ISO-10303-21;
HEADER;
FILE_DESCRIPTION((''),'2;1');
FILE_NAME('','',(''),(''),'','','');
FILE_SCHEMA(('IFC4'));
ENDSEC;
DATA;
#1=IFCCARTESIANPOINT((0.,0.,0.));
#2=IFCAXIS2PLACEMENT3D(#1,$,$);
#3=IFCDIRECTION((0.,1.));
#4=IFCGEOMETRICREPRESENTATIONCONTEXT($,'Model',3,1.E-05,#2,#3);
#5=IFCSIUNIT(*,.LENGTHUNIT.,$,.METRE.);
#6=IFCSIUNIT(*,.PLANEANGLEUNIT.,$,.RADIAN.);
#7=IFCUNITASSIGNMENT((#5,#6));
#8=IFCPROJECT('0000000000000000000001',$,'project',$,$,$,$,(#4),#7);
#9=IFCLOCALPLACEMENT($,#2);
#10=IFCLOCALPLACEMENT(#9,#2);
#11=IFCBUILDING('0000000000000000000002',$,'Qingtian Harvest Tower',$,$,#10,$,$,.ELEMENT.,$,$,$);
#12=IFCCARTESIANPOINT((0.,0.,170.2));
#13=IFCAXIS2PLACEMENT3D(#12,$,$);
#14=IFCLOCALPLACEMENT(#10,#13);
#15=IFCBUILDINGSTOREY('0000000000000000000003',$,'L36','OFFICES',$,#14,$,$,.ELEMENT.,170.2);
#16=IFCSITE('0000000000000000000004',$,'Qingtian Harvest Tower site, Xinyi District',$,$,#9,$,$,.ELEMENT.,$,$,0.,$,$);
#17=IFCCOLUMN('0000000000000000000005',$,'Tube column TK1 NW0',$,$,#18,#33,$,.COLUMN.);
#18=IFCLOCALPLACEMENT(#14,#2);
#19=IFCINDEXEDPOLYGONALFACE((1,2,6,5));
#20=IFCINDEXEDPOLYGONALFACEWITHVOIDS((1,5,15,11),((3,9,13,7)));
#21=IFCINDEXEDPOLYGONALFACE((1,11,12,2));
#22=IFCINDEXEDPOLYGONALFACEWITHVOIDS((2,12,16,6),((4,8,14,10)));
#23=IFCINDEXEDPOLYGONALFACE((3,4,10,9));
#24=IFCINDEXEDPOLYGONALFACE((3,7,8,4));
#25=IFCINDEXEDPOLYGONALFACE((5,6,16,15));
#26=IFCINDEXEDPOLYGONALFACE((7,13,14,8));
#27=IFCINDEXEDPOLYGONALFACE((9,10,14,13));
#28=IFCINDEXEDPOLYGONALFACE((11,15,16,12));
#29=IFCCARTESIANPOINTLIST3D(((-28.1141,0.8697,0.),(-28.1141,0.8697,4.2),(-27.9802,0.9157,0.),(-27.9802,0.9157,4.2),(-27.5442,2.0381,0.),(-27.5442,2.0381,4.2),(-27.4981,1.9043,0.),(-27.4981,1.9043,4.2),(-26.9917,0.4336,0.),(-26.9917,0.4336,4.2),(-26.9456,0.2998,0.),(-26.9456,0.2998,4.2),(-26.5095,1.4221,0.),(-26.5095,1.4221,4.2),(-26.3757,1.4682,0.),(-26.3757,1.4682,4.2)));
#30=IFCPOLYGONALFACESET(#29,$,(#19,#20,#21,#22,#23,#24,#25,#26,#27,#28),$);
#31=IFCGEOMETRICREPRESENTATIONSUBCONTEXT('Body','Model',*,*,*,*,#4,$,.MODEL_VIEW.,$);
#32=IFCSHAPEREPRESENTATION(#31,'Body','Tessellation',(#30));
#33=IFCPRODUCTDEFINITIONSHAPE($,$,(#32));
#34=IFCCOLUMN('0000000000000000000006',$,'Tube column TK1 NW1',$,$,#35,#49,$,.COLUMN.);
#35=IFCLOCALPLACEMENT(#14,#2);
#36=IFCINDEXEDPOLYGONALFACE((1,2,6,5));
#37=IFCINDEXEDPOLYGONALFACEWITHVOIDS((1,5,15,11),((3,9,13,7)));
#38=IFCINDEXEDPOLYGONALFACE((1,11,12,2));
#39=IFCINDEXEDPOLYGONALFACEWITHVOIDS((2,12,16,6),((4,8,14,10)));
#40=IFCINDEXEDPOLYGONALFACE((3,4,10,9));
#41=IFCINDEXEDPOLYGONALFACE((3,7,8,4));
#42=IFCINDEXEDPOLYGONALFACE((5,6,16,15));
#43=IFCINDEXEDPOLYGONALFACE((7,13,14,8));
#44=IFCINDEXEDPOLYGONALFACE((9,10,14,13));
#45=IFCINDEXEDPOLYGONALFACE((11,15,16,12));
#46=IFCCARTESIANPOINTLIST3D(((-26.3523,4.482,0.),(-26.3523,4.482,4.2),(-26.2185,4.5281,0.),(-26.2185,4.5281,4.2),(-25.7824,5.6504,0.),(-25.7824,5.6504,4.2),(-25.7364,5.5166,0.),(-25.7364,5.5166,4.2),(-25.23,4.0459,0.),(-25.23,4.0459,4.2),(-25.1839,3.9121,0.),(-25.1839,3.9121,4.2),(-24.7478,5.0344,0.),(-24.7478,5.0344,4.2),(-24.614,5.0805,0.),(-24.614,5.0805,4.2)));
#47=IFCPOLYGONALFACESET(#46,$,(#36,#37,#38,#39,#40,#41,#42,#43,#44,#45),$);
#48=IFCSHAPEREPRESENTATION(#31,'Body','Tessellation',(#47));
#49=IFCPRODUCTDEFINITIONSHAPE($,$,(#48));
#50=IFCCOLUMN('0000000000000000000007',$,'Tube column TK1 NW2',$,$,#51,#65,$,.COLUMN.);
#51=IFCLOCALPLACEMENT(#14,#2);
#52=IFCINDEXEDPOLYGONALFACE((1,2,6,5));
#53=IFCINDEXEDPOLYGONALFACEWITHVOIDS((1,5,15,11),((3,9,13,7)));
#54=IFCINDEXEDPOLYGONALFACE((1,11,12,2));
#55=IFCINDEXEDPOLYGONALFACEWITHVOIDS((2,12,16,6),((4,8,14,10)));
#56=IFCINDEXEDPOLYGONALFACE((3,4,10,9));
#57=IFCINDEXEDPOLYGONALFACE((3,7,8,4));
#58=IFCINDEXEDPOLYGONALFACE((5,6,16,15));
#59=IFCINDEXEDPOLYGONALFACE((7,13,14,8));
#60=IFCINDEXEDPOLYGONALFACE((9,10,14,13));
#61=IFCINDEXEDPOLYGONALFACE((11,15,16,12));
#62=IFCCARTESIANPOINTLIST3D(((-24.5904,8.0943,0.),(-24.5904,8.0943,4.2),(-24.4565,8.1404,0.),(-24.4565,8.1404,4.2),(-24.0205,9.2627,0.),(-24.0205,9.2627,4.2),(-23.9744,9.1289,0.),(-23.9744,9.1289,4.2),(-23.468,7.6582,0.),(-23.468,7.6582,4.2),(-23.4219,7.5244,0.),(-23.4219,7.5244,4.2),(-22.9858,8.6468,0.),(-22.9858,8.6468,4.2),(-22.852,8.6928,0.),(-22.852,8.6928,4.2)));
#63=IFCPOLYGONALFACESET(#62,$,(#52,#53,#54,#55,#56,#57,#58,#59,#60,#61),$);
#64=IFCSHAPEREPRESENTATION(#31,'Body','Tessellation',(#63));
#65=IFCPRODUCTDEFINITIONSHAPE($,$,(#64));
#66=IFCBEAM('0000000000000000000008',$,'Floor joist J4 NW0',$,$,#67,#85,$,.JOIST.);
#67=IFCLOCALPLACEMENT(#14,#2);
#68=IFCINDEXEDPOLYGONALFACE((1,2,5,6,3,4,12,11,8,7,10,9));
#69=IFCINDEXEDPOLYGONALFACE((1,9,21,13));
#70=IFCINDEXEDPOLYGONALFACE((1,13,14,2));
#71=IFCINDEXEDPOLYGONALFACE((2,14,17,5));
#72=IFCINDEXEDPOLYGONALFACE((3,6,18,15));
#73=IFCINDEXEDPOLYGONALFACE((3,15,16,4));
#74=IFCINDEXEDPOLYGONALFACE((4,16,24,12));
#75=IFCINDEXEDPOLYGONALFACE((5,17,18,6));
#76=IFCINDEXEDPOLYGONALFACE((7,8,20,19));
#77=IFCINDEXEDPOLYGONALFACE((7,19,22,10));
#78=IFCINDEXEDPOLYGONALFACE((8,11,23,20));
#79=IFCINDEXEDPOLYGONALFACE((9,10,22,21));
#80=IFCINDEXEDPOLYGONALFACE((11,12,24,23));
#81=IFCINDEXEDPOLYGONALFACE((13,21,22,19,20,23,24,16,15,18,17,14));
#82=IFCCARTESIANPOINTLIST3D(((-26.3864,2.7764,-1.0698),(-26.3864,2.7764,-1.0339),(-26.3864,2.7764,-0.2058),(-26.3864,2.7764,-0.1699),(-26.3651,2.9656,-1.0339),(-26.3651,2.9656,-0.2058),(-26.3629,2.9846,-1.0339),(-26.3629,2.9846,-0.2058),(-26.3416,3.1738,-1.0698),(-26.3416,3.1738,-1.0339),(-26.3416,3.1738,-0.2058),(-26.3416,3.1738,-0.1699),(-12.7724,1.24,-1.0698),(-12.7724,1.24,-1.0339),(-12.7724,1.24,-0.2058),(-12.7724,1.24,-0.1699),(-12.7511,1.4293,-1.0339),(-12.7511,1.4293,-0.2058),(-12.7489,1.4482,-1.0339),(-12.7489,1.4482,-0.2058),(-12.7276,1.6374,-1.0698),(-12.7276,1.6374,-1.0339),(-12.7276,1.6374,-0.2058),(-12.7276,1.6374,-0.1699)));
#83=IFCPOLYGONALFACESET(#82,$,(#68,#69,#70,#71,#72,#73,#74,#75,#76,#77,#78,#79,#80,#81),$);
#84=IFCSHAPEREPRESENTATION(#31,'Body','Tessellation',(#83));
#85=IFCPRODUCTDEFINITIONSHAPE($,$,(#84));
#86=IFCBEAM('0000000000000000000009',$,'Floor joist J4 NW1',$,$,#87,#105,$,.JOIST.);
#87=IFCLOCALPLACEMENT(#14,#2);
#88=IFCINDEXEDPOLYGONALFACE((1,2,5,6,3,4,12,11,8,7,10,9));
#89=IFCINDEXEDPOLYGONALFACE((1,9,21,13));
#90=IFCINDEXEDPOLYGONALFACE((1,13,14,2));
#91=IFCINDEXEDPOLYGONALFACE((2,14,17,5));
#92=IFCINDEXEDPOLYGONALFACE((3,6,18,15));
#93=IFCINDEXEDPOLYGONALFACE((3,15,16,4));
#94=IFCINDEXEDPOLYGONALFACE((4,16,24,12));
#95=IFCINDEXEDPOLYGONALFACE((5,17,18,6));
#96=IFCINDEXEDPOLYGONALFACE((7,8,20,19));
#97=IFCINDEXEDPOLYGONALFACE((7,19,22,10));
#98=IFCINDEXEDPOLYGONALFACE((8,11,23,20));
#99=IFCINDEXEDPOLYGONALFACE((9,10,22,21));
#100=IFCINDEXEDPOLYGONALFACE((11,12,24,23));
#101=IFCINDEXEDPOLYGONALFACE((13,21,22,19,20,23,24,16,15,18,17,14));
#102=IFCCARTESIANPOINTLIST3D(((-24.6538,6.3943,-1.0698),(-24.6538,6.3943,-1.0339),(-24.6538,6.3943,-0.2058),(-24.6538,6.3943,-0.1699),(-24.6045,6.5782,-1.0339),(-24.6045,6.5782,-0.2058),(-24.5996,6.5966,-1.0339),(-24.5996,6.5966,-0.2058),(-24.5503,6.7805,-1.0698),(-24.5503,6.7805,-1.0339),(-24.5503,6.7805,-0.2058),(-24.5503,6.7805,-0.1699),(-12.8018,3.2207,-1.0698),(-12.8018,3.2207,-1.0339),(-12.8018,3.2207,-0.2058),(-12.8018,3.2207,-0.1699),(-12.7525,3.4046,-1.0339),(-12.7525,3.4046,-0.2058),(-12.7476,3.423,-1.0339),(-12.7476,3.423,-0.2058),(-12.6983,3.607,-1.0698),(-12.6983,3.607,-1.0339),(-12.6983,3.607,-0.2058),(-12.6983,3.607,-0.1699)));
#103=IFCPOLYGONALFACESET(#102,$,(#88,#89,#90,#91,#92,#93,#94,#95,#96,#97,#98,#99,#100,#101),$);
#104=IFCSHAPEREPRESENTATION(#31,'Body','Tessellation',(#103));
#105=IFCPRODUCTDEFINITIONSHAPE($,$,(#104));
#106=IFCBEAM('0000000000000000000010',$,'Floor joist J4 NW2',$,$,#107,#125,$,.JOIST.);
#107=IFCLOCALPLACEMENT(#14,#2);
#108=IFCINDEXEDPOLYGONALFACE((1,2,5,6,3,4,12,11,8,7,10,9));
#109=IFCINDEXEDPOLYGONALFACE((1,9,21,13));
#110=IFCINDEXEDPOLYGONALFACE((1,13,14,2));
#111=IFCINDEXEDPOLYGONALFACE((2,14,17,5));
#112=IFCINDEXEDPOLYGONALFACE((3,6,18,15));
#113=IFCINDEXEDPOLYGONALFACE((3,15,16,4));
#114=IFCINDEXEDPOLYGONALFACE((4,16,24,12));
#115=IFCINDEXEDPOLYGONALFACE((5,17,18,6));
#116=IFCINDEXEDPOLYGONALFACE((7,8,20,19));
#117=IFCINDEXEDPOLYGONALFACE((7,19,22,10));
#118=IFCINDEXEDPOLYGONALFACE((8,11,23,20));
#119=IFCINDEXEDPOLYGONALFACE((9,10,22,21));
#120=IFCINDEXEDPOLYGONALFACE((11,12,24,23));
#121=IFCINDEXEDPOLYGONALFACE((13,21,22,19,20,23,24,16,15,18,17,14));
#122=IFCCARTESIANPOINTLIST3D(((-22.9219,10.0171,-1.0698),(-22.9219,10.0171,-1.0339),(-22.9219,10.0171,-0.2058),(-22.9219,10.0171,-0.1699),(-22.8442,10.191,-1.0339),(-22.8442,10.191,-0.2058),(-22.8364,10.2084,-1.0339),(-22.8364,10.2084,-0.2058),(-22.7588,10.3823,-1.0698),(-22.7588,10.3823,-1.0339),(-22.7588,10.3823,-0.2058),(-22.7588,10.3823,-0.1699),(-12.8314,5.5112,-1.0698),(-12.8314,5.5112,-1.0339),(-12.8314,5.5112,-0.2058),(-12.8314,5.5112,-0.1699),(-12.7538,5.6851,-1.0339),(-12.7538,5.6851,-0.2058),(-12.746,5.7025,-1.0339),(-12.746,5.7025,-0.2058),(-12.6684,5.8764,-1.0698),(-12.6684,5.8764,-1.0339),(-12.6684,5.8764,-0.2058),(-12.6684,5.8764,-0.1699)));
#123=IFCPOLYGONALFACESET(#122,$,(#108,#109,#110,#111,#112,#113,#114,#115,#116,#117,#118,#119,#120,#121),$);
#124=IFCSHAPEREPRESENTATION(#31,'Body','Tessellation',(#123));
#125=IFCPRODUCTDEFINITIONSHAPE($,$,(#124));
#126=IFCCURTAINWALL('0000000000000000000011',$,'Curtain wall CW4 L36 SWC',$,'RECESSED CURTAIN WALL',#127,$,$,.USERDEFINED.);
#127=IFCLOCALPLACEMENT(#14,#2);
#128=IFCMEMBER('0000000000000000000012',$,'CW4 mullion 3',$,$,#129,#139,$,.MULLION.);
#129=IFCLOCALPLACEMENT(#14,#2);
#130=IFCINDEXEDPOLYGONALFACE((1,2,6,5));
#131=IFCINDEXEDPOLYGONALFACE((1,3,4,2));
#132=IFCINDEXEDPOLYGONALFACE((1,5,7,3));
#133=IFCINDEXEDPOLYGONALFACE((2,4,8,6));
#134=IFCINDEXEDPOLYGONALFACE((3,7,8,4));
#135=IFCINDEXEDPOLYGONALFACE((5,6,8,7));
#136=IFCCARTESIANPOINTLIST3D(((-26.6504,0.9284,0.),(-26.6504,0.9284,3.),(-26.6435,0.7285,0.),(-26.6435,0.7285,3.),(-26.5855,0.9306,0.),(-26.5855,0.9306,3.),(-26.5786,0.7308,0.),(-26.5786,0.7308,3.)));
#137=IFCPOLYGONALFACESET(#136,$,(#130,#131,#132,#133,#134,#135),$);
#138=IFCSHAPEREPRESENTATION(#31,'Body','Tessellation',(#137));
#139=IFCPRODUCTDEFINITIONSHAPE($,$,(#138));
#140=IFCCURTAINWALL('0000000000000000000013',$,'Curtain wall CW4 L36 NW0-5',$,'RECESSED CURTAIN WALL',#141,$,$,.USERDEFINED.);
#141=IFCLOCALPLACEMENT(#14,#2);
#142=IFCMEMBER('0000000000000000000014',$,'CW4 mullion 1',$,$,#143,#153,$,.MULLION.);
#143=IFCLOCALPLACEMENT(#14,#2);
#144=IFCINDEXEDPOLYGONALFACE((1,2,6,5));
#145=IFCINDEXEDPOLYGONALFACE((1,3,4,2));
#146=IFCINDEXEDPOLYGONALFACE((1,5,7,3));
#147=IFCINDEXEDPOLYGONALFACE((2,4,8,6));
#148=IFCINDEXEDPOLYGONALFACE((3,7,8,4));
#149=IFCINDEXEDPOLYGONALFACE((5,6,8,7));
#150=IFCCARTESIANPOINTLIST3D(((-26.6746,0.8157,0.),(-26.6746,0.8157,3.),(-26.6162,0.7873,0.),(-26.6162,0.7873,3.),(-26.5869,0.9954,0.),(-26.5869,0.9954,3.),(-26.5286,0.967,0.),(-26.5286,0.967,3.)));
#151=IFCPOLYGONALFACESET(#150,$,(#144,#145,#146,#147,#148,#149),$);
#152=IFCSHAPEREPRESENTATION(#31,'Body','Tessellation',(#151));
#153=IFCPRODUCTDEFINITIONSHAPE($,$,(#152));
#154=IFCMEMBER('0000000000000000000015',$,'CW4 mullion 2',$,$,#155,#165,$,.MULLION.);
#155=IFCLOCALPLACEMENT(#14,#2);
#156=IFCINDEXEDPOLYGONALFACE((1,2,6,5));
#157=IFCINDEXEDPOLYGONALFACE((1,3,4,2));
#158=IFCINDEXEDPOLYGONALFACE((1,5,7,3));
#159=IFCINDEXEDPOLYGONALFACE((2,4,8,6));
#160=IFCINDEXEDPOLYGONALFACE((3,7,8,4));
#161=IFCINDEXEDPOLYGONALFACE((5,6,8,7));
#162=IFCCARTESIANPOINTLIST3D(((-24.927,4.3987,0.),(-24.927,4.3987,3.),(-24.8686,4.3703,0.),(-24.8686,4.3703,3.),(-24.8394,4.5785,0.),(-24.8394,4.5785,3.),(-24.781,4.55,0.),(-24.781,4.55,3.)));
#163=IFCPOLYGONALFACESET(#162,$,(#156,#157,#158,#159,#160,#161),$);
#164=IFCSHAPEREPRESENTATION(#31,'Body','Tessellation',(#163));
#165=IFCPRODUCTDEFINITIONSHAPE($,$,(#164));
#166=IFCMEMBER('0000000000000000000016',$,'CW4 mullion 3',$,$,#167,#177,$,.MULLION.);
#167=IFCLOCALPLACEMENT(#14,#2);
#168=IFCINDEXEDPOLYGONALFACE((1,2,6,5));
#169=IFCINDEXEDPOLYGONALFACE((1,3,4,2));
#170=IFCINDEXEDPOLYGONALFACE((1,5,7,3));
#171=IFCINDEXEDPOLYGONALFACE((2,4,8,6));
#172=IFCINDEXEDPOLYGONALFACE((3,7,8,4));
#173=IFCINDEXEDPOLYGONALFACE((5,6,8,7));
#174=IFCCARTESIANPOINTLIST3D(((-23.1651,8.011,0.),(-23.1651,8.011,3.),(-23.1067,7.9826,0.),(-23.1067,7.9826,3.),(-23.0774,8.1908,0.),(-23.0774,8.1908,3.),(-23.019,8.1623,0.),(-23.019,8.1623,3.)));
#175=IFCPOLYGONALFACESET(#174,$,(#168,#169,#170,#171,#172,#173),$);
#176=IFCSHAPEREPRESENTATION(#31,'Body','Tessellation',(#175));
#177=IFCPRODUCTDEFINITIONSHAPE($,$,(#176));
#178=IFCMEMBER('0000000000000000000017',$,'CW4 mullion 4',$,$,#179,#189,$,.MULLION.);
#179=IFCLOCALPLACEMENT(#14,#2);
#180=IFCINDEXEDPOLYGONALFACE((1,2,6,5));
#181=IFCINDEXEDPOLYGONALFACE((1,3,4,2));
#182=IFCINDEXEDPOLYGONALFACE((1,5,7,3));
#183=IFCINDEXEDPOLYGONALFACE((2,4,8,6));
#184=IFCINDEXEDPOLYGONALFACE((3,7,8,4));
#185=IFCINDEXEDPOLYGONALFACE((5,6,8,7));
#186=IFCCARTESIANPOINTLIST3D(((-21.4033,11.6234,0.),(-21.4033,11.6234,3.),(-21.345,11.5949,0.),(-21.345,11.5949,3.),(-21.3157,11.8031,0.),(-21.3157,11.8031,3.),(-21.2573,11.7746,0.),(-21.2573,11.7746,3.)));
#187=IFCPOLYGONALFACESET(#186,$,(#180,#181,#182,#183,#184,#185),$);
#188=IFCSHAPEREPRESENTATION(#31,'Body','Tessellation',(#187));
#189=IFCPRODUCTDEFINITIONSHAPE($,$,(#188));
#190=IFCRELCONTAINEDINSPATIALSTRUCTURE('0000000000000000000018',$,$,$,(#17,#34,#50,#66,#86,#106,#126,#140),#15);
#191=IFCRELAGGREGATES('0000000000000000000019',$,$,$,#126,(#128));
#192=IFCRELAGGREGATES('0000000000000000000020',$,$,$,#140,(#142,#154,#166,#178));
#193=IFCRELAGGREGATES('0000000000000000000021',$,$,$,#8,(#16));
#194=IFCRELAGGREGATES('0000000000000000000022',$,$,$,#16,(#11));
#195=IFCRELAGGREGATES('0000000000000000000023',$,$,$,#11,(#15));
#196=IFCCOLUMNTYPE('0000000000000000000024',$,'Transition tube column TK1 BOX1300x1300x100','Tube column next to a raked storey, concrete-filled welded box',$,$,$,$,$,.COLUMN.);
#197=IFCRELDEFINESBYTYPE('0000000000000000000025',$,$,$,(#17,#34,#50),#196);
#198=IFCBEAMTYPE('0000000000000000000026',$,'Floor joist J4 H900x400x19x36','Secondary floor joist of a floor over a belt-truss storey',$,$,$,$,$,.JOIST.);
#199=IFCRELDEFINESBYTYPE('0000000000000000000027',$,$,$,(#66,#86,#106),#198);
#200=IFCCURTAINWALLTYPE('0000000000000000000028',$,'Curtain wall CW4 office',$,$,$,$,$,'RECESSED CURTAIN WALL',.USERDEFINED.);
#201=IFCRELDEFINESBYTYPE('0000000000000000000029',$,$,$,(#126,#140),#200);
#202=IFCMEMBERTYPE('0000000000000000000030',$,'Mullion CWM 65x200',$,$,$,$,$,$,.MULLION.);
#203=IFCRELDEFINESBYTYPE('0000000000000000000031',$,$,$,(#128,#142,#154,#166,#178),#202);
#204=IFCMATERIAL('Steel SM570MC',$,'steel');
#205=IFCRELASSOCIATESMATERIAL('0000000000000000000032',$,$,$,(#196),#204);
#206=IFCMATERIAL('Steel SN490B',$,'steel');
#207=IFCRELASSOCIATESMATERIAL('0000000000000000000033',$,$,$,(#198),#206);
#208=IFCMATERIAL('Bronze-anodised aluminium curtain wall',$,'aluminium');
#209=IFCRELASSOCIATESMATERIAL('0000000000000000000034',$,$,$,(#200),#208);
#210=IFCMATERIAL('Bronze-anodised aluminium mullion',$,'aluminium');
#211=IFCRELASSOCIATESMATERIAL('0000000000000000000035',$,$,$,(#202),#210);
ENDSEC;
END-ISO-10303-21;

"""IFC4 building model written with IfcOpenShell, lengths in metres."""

from ifc_helpers import new_model, si_unit, direction, frame, origin, origin_2d, place, context, subcontext, project, spatial, rectangle, hollow_rectangle, i_section, extrude, material, material_profile, profile_set, type_object, element, aggregate, save


model = new_model("IFC4")

# Units and contexts
model_context = context("Model", 3, precision=1e-05, world=origin(), true_north=direction((0.0, 1.0)))
body_context = subcontext(model_context, "Body", "Model", "MODEL_VIEW")
ifc_project = project(units=[si_unit("LENGTHUNIT", "METRE"), si_unit("PLANEANGLEUNIT", "RADIAN")], contexts=[model_context])

# Site, building, storey
site_placement = place(None, origin())
site = spatial("IfcSite", under=ifc_project, at=site_placement, Name="Qingtian Harvest Tower site, Xinyi District", CompositionType="ELEMENT", RefElevation=0.0)
building_placement = place(site_placement, origin())
building = spatial("IfcBuilding", under=site, at=building_placement, Name="Qingtian Harvest Tower", CompositionType="ELEMENT")
storey_placement = place(building_placement, frame((0.0, 0.0, 170.2)))
storey = spatial("IfcBuildingStorey", under=building, at=storey_placement, Name="L36", Description="OFFICES", CompositionType="ELEMENT", Elevation=170.2)

# Columns
ifc_material_1 = material(Name="Steel SM570MC", Category="steel")
ifc_material_profile_1 = material_profile(ifc_material_1, hollow_rectangle(XDim=1.3, YDim=1.3, WallThickness=0.1001, at=origin_2d()), Name="BOX1300x1300x100")
ifc_profile_set_1 = profile_set([ifc_material_profile_1], Name="Steel SM570MC")
column_type = type_object("IfcColumnType", Name="Transition tube column TK1 BOX1300x1300x100", Description="Tube column next to a raked storey, concrete-filled welded box", PredefinedType="COLUMN", material=ifc_profile_set_1)
for number, where, z_axis, x_axis, name in (
    (1, (-27.2449, 1.1689, 0.0), (0.0, 0.0, 1.0), (-0.438371, -0.898794, 0.0), "Tube column TK1 NW0"),
    (2, (-25.4832, 4.7812, 0.0), (0.0, 0.0, 1.0), (-0.438371, -0.898794, 0.0), "Tube column TK1 NW1"),
    (3, (-23.7212, 8.3936, 0.0), (0.0, 0.0, 1.0), (-0.438371, -0.898794, 0.0), "Tube column TK1 NW2"),
):
    element("IfcColumn", number, at=place(storey_placement, frame(where, z_axis=z_axis, x_axis=x_axis)), inside=storey, type_object=column_type, Name=name, PredefinedType="COLUMN", context=body_context, shape_type="SweptSolid", body=[
        extrude(hollow_rectangle(XDim=1.3, YDim=1.3, WallThickness=0.1001, at=origin_2d()), origin(), (0.0, 0.0, 1.0), 4.2),
    ])

# Beams
ifc_material_2 = material(Name="Steel SN490B", Category="steel")
ifc_material_profile_2 = material_profile(ifc_material_2, i_section(OverallWidth=0.3999, OverallDepth=0.8999, WebThickness=0.019, FlangeThickness=0.0359, at=origin_2d()), Name="H900x400x19x36")
ifc_profile_set_2 = profile_set([ifc_material_profile_2], Name="Steel SN490B")
beam_type_1 = type_object("IfcBeamType", Name="Floor joist J4 H900x400x19x36", Description="Secondary floor joist of a floor over a belt-truss storey", PredefinedType="JOIST", material=ifc_profile_set_2)
beam_1_placement = place(storey_placement, frame((-26.364, 2.9751, -0.6199), z_axis=(0.993692, -0.112141, 0.0), x_axis=(0.112141, 0.993692, 0.0)))
element("IfcBeam", 4, at=beam_1_placement, inside=storey, type_object=beam_type_1, Name="Floor joist J4 NW0", PredefinedType="JOIST", context=body_context, shape_type="SweptSolid", body=[
    extrude(i_section(OverallWidth=0.3999, OverallDepth=0.8999, WebThickness=0.019, FlangeThickness=0.0359, at=origin_2d()), origin(), (0.0, 0.0, 1.0), 13.7004),
])
beam_2_placement = place(storey_placement, frame((-24.6021, 6.5874, -0.6199), z_axis=(0.96597, -0.258655, 0.0), x_axis=(0.258655, 0.96597, 0.0)))
element("IfcBeam", 5, at=beam_2_placement, inside=storey, type_object=beam_type_1, Name="Floor joist J4 NW1", PredefinedType="JOIST", context=body_context, shape_type="SweptSolid", body=[
    extrude(i_section(OverallWidth=0.3999, OverallDepth=0.8999, WebThickness=0.019, FlangeThickness=0.0359, at=origin_2d()), origin(), (0.0, 0.0, 1.0), 12.2695),
])
beam_3_placement = place(storey_placement, frame((-22.8403, 10.1997, -0.6199), z_axis=(0.913096, -0.407745, 0.0), x_axis=(0.407745, 0.913096, 0.0)))
element("IfcBeam", 6, at=beam_3_placement, inside=storey, type_object=beam_type_1, Name="Floor joist J4 NW2", PredefinedType="JOIST", context=body_context, shape_type="SweptSolid", body=[
    extrude(i_section(OverallWidth=0.3999, OverallDepth=0.8999, WebThickness=0.019, FlangeThickness=0.0359, at=origin_2d()), origin(), (0.0, 0.0, 1.0), 11.0508),
])

# Curtain wall, member
ifc_material_3 = material(Name="Bronze-anodised aluminium curtain wall", Category="aluminium")
curtain_wall_type = type_object("IfcCurtainWallType", Name="Curtain wall CW4 office", ElementType="RECESSED CURTAIN WALL", PredefinedType="USERDEFINED", material=ifc_material_3)
curtain_wall_1_placement = place(storey_placement, origin())
curtain_wall_1 = element("IfcCurtainWall", 7, at=curtain_wall_1_placement, inside=storey, type_object=curtain_wall_type, Name="Curtain wall CW4 L36 SWC", ObjectType="RECESSED CURTAIN WALL", PredefinedType="USERDEFINED")
ifc_material_4 = material(Name="Bronze-anodised aluminium mullion", Category="aluminium")
ifc_material_profile_3 = material_profile(ifc_material_4, rectangle(XDim=0.0649, YDim=0.2, at=origin_2d()), Name="AL 65x200")
ifc_profile_set_3 = profile_set([ifc_material_profile_3], Name="Bronze-anodised aluminium mullion")
member_type_1 = type_object("IfcMemberType", Name="Mullion CWM 65x200", PredefinedType="MULLION", material=ifc_profile_set_3)
member_1_placement = place(storey_placement, frame((-26.6145, 0.8296, 0.0), z_axis=(0.0, 0.0, 1.0), x_axis=(-0.999391, -0.034899, 0.0)))
member_1 = element("IfcMember", 8, at=member_1_placement, type_object=member_type_1, Name="CW4 mullion 3", PredefinedType="MULLION", context=body_context, shape_type="SweptSolid", body=[
    extrude(rectangle(XDim=0.0649, YDim=0.2, at=origin_2d()), origin(), (0.0, 0.0, 1.0), 3.0),
])
aggregate(curtain_wall_1, [member_1])

# Curtain wall, members
curtain_wall_2_placement = place(storey_placement, origin())
curtain_wall_2 = element("IfcCurtainWall", 9, at=curtain_wall_2_placement, inside=storey, type_object=curtain_wall_type, Name="Curtain wall CW4 L36 NW0-5", ObjectType="RECESSED CURTAIN WALL", PredefinedType="USERDEFINED")
member_2_placement = place(storey_placement, frame((-26.6016, 0.8914, 0.0), z_axis=(0.0, 0.0, 1.0), x_axis=(-0.898794, 0.438371, 0.0)))
member_2 = element("IfcMember", 10, at=member_2_placement, type_object=member_type_1, Name="CW4 mullion 1", PredefinedType="MULLION", context=body_context, shape_type="SweptSolid", body=[
    extrude(rectangle(XDim=0.0649, YDim=0.2, at=origin_2d()), origin(), (0.0, 0.0, 1.0), 3.0),
])
member_3_placement = place(storey_placement, frame((-24.854, 4.4744, 0.0), z_axis=(0.0, 0.0, 1.0), x_axis=(-0.898794, 0.438371, 0.0)))
member_3 = element("IfcMember", 11, at=member_3_placement, type_object=member_type_1, Name="CW4 mullion 2", PredefinedType="MULLION", context=body_context, shape_type="SweptSolid", body=[
    extrude(rectangle(XDim=0.0649, YDim=0.2, at=origin_2d()), origin(), (0.0, 0.0, 1.0), 3.0),
])
member_4_placement = place(storey_placement, frame((-23.092, 8.0867, 0.0), z_axis=(0.0, 0.0, 1.0), x_axis=(-0.898794, 0.438371, 0.0)))
member_4 = element("IfcMember", 12, at=member_4_placement, type_object=member_type_1, Name="CW4 mullion 3", PredefinedType="MULLION", context=body_context, shape_type="SweptSolid", body=[
    extrude(rectangle(XDim=0.0649, YDim=0.2, at=origin_2d()), origin(), (0.0, 0.0, 1.0), 3.0),
])
member_5_placement = place(storey_placement, frame((-21.3303, 11.699, 0.0), z_axis=(0.0, 0.0, 1.0), x_axis=(-0.898794, 0.438371, 0.0)))
member_5 = element("IfcMember", 13, at=member_5_placement, type_object=member_type_1, Name="CW4 mullion 4", PredefinedType="MULLION", context=body_context, shape_type="SweptSolid", body=[
    extrude(rectangle(XDim=0.0649, YDim=0.2, at=origin_2d()), origin(), (0.0, 0.0, 1.0), 3.0),
])

aggregate(curtain_wall_2, [member_2, member_3, member_4, member_5])

save(model, "model.ifc")
